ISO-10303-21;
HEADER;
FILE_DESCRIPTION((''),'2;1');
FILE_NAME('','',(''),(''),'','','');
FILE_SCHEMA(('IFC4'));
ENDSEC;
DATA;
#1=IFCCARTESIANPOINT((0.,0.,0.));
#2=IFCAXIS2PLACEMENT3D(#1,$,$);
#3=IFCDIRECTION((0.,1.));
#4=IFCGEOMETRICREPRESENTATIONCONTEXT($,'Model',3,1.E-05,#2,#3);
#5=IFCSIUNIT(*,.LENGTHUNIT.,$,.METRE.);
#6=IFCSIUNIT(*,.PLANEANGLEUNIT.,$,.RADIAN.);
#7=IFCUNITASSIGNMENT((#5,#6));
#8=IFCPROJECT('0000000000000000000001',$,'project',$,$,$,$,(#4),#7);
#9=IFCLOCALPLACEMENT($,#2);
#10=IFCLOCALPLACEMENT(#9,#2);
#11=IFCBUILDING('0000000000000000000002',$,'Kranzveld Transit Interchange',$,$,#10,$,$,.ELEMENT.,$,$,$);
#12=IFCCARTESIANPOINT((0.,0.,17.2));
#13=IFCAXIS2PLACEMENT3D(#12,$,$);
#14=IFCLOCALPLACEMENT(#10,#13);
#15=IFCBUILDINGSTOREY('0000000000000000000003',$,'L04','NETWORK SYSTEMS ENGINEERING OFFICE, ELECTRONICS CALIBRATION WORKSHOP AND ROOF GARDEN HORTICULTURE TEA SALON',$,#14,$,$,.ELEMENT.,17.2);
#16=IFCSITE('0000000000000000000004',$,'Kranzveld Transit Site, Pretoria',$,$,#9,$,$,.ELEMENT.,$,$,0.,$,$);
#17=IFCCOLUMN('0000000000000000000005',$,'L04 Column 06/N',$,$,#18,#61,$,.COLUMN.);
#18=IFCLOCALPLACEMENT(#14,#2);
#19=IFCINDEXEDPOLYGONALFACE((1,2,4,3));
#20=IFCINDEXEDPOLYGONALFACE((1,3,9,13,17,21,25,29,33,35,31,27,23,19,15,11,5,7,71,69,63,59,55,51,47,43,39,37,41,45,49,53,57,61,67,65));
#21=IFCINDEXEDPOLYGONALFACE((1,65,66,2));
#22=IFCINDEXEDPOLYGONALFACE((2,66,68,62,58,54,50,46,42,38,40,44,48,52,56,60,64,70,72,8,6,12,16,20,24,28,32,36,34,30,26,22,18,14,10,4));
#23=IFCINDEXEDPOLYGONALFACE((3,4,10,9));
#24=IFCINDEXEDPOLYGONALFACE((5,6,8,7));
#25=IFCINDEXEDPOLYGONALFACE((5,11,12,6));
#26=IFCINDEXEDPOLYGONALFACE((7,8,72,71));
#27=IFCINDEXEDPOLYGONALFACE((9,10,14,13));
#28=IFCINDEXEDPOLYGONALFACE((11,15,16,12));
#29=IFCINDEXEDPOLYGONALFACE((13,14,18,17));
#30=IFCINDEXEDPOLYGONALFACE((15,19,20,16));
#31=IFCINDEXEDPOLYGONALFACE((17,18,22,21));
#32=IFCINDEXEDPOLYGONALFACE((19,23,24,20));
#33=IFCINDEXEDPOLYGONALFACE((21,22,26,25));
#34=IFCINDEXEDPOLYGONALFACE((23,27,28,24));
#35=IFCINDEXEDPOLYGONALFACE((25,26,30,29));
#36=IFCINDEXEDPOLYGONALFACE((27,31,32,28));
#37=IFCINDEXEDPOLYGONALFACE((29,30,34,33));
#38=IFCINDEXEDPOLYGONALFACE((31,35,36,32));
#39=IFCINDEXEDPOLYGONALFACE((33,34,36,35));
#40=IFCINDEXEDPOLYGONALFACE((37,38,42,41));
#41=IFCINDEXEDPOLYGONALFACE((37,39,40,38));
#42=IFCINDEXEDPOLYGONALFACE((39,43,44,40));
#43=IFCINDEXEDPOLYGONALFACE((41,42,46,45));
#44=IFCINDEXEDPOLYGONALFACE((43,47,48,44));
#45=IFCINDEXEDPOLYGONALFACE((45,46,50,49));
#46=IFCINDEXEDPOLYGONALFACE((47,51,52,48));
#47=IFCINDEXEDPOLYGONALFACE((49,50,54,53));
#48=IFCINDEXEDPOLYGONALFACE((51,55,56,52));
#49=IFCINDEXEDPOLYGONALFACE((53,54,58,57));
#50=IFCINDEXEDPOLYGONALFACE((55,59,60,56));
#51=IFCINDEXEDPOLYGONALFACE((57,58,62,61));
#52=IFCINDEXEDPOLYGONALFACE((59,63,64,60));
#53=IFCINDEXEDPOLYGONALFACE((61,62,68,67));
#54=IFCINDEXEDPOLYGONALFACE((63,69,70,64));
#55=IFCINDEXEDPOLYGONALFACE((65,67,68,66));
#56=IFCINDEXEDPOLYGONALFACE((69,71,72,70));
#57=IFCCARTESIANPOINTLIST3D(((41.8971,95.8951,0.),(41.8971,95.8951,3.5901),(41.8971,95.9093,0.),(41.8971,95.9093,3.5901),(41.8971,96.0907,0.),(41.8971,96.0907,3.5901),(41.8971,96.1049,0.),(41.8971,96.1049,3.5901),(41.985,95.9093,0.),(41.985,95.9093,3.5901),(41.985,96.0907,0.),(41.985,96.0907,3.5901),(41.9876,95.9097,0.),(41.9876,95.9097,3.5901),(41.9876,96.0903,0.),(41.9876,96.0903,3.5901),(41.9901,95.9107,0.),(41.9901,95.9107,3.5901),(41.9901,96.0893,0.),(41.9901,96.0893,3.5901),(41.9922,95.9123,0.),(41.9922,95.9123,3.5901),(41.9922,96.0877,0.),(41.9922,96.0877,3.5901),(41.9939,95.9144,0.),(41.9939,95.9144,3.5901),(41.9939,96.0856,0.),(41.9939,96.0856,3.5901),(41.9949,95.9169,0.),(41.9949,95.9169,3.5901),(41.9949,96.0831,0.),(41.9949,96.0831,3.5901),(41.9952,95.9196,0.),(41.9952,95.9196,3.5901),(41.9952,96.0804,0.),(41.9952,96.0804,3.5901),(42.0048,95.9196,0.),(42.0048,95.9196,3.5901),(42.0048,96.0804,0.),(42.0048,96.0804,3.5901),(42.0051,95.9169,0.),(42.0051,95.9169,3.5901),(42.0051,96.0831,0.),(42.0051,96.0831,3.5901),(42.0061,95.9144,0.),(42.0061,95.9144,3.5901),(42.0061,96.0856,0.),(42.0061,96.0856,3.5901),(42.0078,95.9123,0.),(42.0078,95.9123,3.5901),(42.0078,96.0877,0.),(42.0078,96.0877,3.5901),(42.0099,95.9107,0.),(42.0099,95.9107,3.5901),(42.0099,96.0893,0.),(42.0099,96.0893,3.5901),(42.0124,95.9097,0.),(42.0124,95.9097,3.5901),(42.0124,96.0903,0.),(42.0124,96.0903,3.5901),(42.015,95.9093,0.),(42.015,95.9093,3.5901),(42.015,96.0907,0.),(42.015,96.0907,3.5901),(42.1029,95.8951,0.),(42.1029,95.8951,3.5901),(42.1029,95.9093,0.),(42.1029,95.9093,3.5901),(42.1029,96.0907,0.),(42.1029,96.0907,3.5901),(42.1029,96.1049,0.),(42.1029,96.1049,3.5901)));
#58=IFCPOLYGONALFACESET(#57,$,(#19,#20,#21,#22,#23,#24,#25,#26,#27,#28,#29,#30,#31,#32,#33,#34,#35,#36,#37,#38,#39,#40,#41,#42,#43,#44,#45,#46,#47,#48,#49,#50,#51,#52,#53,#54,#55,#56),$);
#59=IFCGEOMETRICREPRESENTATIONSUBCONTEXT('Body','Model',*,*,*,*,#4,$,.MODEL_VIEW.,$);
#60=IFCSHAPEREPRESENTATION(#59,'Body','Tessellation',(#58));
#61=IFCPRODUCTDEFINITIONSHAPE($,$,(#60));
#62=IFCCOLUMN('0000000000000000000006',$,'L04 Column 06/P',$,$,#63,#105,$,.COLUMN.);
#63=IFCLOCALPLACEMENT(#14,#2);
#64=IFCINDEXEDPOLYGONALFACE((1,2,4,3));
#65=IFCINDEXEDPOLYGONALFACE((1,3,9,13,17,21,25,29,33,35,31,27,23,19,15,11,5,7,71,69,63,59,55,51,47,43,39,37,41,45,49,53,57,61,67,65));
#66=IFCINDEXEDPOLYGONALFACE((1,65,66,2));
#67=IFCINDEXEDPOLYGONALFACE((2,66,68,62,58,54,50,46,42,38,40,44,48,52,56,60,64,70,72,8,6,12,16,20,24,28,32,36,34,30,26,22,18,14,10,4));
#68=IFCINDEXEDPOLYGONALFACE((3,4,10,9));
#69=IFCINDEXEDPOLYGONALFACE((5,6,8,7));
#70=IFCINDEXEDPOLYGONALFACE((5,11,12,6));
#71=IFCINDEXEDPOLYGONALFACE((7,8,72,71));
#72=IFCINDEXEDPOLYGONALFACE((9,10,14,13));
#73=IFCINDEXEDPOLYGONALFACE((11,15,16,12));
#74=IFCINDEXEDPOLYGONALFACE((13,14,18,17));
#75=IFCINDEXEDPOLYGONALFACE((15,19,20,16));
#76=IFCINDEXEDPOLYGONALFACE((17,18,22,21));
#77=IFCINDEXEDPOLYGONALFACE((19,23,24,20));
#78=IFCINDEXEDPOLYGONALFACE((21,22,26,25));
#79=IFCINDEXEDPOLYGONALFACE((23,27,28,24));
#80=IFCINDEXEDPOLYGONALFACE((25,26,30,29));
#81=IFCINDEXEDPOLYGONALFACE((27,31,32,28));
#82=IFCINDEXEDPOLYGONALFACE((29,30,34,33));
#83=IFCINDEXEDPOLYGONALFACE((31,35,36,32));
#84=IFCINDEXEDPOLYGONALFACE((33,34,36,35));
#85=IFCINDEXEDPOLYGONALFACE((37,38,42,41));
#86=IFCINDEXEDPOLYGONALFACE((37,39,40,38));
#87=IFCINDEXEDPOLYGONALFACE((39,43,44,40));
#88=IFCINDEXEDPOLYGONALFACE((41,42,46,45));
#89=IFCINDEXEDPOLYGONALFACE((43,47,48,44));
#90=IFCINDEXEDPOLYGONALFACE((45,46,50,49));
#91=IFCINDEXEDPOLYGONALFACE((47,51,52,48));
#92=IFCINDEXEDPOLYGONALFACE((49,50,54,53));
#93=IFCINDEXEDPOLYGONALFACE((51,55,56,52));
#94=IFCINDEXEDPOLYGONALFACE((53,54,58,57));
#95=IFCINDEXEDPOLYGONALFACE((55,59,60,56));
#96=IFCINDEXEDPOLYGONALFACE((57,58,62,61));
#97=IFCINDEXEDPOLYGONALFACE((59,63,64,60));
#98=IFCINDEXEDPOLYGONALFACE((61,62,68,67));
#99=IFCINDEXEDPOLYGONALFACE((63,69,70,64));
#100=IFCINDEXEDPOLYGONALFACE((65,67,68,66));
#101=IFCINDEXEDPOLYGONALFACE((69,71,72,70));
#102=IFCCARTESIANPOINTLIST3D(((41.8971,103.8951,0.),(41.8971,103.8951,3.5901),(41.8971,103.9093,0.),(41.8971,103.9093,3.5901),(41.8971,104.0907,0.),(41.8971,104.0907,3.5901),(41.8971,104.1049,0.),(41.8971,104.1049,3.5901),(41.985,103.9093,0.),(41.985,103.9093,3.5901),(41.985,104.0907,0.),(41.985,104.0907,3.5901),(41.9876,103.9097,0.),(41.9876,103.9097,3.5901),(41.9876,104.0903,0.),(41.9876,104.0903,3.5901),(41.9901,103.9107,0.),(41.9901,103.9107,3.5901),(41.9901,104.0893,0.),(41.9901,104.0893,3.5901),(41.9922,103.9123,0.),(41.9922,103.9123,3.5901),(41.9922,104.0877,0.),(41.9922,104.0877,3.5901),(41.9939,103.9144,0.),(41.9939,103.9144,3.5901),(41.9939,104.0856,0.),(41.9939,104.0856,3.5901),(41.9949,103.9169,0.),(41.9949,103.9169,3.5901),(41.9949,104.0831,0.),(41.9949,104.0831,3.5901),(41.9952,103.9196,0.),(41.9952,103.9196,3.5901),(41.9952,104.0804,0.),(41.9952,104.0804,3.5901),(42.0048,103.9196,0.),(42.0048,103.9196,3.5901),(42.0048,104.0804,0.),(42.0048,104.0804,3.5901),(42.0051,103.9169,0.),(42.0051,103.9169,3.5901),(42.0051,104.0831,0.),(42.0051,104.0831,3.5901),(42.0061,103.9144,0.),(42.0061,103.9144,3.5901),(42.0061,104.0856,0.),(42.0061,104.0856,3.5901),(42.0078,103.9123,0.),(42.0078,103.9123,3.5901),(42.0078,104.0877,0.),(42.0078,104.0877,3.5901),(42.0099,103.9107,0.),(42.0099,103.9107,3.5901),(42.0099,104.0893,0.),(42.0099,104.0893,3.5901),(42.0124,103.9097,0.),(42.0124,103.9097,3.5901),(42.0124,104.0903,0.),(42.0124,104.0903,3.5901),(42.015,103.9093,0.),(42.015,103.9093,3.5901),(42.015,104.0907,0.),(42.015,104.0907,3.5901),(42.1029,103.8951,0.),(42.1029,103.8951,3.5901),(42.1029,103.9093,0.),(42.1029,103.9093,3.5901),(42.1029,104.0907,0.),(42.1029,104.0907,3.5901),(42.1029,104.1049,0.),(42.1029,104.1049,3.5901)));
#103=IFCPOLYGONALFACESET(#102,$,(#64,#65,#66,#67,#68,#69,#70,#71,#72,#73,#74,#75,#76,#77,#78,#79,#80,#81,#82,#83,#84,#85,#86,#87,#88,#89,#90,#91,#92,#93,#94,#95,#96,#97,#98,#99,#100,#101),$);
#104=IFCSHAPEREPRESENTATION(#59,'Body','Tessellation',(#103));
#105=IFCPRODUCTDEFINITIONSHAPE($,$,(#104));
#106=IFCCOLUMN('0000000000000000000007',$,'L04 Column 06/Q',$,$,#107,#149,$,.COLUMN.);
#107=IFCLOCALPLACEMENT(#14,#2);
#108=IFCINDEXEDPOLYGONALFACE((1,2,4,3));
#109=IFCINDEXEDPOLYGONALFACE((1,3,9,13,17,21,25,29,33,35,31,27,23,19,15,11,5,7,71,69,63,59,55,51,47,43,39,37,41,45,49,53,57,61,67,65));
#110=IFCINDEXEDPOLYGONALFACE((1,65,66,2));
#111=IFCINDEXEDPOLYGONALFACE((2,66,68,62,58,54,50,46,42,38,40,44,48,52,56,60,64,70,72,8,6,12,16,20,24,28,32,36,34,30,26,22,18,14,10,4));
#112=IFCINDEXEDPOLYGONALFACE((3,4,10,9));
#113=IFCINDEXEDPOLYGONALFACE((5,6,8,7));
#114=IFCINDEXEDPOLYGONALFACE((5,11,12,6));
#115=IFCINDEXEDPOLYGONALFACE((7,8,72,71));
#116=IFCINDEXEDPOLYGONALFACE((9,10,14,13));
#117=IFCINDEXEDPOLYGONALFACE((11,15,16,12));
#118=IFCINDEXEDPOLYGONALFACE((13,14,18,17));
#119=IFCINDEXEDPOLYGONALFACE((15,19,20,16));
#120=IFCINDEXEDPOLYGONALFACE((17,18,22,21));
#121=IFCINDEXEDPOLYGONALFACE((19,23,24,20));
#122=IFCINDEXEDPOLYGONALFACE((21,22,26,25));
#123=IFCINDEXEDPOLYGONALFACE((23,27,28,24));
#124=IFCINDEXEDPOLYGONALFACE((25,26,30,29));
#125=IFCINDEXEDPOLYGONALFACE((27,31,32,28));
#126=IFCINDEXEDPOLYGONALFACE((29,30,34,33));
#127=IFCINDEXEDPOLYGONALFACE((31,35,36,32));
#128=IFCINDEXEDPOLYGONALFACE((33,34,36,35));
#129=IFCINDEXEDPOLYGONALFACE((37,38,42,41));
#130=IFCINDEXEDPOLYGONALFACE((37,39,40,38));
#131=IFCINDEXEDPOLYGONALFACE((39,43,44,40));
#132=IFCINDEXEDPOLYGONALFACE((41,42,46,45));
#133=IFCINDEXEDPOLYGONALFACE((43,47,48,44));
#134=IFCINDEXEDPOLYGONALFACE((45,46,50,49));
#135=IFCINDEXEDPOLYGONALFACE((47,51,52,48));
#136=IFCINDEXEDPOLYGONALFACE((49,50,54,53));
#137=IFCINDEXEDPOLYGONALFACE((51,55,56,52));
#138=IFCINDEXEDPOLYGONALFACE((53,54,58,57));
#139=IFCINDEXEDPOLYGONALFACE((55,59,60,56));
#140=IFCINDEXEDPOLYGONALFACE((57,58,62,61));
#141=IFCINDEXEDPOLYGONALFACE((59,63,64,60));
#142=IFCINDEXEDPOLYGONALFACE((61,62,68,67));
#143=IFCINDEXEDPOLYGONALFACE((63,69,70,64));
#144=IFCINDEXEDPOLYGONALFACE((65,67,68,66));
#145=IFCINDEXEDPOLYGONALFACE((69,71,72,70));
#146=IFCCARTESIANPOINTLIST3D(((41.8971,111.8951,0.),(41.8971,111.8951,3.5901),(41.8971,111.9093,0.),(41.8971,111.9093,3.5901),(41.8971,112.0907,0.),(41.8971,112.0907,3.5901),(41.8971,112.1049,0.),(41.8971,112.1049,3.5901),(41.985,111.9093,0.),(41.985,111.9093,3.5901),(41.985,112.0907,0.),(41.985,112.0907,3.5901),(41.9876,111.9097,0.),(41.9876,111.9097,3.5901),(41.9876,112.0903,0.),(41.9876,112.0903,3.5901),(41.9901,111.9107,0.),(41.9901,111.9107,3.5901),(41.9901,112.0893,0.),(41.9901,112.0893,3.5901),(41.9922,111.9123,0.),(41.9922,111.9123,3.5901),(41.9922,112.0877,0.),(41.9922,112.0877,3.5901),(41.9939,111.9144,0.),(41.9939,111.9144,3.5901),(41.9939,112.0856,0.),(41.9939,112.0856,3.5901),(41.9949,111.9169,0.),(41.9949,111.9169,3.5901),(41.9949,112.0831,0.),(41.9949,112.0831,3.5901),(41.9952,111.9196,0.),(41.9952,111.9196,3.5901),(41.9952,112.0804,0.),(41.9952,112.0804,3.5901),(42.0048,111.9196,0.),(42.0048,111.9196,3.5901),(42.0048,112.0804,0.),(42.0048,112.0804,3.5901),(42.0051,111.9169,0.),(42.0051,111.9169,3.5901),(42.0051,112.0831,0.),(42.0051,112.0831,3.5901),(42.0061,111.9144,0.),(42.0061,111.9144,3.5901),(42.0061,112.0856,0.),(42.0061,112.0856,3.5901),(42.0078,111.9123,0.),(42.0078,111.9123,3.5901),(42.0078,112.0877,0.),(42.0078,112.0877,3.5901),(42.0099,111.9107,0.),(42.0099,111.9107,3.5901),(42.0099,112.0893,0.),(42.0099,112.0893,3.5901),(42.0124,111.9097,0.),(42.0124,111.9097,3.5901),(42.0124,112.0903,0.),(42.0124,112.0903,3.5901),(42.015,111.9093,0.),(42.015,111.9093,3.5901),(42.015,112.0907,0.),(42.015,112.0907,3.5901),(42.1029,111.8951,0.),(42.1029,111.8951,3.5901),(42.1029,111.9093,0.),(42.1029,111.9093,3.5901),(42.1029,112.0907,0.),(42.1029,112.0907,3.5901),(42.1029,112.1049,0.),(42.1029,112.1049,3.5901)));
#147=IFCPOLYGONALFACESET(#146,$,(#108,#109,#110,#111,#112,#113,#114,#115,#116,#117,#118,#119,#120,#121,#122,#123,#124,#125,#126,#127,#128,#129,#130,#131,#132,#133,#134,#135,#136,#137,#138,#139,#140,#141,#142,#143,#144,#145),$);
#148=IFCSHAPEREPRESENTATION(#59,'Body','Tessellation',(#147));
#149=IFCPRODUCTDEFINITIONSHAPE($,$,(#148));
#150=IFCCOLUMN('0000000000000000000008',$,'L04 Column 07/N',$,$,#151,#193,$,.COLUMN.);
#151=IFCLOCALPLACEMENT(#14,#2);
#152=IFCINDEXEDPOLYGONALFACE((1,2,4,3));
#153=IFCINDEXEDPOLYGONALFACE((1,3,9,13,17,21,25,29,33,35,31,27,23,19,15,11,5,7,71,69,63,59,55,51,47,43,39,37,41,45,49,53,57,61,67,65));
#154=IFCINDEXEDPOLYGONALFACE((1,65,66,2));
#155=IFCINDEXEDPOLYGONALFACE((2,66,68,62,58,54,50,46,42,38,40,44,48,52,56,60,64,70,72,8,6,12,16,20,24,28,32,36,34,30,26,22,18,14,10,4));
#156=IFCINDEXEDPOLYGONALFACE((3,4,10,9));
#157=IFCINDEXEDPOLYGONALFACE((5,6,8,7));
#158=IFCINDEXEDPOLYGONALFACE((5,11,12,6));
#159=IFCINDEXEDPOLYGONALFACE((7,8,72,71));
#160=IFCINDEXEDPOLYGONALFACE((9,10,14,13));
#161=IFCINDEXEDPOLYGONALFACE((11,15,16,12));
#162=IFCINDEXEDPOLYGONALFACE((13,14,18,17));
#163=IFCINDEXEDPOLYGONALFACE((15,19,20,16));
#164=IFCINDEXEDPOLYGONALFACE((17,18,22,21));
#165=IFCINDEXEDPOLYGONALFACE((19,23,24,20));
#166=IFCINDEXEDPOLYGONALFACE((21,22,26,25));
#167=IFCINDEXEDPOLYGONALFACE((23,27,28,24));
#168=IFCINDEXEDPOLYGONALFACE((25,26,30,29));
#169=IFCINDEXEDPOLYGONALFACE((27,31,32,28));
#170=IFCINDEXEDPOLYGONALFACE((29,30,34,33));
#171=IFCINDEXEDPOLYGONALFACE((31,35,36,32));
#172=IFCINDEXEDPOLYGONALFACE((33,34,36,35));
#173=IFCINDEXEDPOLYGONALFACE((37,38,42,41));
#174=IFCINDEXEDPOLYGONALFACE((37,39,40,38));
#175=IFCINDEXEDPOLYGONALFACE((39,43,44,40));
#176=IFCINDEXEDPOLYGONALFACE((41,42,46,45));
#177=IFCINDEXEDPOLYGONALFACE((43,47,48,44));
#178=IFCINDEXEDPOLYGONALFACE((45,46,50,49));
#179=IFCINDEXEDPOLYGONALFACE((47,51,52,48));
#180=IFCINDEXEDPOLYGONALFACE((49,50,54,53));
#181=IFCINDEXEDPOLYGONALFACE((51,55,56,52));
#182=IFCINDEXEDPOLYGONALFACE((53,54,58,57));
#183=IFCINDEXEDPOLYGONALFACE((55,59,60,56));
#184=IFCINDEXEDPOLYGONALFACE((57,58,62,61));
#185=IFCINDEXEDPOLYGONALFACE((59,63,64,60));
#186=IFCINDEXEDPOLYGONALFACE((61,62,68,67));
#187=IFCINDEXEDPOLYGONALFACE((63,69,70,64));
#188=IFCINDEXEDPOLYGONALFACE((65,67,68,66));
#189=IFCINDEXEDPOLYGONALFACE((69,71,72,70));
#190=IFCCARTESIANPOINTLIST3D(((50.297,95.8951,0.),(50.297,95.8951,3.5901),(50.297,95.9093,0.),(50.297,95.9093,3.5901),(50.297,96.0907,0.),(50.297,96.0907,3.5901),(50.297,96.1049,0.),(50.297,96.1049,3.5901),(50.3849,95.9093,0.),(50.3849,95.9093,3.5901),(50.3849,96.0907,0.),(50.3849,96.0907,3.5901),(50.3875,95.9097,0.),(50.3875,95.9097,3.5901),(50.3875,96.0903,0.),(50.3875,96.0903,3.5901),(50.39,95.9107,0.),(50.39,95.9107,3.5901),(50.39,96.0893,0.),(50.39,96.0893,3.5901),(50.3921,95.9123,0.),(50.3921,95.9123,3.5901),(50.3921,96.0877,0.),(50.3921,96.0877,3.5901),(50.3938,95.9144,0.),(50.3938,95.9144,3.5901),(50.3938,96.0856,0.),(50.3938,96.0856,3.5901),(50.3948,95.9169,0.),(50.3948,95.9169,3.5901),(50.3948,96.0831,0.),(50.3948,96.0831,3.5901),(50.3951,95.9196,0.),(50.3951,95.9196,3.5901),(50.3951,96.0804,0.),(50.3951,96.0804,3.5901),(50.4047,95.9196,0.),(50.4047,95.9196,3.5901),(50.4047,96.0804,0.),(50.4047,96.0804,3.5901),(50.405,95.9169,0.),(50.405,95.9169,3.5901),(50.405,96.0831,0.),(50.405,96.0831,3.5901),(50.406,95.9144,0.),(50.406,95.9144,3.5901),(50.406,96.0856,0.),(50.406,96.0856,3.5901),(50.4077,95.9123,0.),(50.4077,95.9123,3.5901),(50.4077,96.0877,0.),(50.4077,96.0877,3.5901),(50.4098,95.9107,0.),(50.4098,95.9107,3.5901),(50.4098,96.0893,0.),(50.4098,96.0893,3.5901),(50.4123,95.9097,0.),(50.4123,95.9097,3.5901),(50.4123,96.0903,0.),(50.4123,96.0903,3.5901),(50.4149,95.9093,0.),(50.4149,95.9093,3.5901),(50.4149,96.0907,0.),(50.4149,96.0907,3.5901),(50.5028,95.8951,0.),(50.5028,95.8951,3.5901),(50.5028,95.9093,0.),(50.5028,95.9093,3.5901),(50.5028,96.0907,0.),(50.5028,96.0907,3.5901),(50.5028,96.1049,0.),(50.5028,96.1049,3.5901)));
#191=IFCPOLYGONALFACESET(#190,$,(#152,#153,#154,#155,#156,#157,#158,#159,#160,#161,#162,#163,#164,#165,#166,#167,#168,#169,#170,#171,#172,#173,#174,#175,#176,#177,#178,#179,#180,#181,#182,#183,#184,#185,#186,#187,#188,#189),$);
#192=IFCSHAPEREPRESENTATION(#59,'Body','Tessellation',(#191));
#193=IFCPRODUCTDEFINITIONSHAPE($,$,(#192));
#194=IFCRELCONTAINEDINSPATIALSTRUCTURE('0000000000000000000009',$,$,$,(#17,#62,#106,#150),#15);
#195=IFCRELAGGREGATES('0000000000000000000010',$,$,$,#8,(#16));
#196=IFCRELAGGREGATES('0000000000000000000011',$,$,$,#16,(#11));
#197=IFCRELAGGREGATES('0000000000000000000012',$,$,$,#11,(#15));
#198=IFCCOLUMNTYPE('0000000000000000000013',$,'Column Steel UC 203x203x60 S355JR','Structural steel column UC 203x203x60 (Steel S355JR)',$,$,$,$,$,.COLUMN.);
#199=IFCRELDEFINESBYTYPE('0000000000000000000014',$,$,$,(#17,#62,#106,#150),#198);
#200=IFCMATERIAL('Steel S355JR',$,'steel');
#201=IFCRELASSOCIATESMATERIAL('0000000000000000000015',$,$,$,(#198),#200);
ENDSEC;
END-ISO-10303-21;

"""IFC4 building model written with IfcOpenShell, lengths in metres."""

from ifc_helpers import new_model, si_unit, direction, frame, origin, origin_2d, place, context, subcontext, project, spatial, i_section, extrude, material, material_profile, profile_set, type_object, element, save


model = new_model("IFC4")

# Units and contexts
model_context = context("Model", 3, precision=1e-05, world=origin(), true_north=direction((0.0, 1.0)))
body_context = subcontext(model_context, "Body", "Model", "MODEL_VIEW")
ifc_project = project(units=[si_unit("LENGTHUNIT", "METRE"), si_unit("PLANEANGLEUNIT", "RADIAN")], contexts=[model_context])

# Site, building, storey
site_placement = place(None, origin())
site = spatial("IfcSite", under=ifc_project, at=site_placement, Name="Kranzveld Transit Site, Pretoria", CompositionType="ELEMENT", RefElevation=0.0)
building_placement = place(site_placement, origin())
building = spatial("IfcBuilding", under=site, at=building_placement, Name="Kranzveld Transit Interchange", CompositionType="ELEMENT")
storey_placement = place(building_placement, frame((0.0, 0.0, 17.2)))
storey = spatial("IfcBuildingStorey", under=building, at=storey_placement, Name="L04", Description="NETWORK SYSTEMS ENGINEERING OFFICE, ELECTRONICS CALIBRATION WORKSHOP AND ROOF GARDEN HORTICULTURE TEA SALON", CompositionType="ELEMENT", Elevation=17.2)

# Columns
ifc_material_1 = material(Name="Steel S355JR", Category="steel")
ifc_material_profile_1 = material_profile(ifc_material_1, i_section(OverallWidth=0.2058, OverallDepth=0.2097, WebThickness=0.0095, FlangeThickness=0.0142, FilletRadius=0.0103, at=origin_2d()), Name="UC 203x203x60")
ifc_profile_set_1 = profile_set([ifc_material_profile_1], Name="Steel S355JR")
column_type = type_object("IfcColumnType", Name="Column Steel UC 203x203x60 S355JR", Description="Structural steel column UC 203x203x60 (Steel S355JR)", PredefinedType="COLUMN", material=ifc_profile_set_1)
for number, where, z_axis, x_axis, name in (
    (1, (42.0, 96.0, 0.0), (0.0, 0.0, 1.0), (1.0, 0.0, 0.0), "L04 Column 06/N"),
    (2, (42.0, 104.0, 0.0), (0.0, 0.0, 1.0), (1.0, 0.0, 0.0), "L04 Column 06/P"),
    (3, (42.0, 112.0, 0.0), (0.0, 0.0, 1.0), (1.0, 0.0, 0.0), "L04 Column 06/Q"),
    (4, (50.3999, 96.0, 0.0), (0.0, 0.0, 1.0), (1.0, 0.0, 0.0), "L04 Column 07/N"),
):
    element("IfcColumn", number, at=place(storey_placement, frame(where, z_axis=z_axis, x_axis=x_axis)), inside=storey, type_object=column_type, Name=name, PredefinedType="COLUMN", context=body_context, shape_type="SweptSolid", body=[
        extrude(i_section(OverallWidth=0.2058, OverallDepth=0.2097, WebThickness=0.0095, FlangeThickness=0.0142, FilletRadius=0.0103, at=origin_2d()), origin(), (0.0, 0.0, 1.0), 3.5901),
    ])

save(model, "model.ifc")
